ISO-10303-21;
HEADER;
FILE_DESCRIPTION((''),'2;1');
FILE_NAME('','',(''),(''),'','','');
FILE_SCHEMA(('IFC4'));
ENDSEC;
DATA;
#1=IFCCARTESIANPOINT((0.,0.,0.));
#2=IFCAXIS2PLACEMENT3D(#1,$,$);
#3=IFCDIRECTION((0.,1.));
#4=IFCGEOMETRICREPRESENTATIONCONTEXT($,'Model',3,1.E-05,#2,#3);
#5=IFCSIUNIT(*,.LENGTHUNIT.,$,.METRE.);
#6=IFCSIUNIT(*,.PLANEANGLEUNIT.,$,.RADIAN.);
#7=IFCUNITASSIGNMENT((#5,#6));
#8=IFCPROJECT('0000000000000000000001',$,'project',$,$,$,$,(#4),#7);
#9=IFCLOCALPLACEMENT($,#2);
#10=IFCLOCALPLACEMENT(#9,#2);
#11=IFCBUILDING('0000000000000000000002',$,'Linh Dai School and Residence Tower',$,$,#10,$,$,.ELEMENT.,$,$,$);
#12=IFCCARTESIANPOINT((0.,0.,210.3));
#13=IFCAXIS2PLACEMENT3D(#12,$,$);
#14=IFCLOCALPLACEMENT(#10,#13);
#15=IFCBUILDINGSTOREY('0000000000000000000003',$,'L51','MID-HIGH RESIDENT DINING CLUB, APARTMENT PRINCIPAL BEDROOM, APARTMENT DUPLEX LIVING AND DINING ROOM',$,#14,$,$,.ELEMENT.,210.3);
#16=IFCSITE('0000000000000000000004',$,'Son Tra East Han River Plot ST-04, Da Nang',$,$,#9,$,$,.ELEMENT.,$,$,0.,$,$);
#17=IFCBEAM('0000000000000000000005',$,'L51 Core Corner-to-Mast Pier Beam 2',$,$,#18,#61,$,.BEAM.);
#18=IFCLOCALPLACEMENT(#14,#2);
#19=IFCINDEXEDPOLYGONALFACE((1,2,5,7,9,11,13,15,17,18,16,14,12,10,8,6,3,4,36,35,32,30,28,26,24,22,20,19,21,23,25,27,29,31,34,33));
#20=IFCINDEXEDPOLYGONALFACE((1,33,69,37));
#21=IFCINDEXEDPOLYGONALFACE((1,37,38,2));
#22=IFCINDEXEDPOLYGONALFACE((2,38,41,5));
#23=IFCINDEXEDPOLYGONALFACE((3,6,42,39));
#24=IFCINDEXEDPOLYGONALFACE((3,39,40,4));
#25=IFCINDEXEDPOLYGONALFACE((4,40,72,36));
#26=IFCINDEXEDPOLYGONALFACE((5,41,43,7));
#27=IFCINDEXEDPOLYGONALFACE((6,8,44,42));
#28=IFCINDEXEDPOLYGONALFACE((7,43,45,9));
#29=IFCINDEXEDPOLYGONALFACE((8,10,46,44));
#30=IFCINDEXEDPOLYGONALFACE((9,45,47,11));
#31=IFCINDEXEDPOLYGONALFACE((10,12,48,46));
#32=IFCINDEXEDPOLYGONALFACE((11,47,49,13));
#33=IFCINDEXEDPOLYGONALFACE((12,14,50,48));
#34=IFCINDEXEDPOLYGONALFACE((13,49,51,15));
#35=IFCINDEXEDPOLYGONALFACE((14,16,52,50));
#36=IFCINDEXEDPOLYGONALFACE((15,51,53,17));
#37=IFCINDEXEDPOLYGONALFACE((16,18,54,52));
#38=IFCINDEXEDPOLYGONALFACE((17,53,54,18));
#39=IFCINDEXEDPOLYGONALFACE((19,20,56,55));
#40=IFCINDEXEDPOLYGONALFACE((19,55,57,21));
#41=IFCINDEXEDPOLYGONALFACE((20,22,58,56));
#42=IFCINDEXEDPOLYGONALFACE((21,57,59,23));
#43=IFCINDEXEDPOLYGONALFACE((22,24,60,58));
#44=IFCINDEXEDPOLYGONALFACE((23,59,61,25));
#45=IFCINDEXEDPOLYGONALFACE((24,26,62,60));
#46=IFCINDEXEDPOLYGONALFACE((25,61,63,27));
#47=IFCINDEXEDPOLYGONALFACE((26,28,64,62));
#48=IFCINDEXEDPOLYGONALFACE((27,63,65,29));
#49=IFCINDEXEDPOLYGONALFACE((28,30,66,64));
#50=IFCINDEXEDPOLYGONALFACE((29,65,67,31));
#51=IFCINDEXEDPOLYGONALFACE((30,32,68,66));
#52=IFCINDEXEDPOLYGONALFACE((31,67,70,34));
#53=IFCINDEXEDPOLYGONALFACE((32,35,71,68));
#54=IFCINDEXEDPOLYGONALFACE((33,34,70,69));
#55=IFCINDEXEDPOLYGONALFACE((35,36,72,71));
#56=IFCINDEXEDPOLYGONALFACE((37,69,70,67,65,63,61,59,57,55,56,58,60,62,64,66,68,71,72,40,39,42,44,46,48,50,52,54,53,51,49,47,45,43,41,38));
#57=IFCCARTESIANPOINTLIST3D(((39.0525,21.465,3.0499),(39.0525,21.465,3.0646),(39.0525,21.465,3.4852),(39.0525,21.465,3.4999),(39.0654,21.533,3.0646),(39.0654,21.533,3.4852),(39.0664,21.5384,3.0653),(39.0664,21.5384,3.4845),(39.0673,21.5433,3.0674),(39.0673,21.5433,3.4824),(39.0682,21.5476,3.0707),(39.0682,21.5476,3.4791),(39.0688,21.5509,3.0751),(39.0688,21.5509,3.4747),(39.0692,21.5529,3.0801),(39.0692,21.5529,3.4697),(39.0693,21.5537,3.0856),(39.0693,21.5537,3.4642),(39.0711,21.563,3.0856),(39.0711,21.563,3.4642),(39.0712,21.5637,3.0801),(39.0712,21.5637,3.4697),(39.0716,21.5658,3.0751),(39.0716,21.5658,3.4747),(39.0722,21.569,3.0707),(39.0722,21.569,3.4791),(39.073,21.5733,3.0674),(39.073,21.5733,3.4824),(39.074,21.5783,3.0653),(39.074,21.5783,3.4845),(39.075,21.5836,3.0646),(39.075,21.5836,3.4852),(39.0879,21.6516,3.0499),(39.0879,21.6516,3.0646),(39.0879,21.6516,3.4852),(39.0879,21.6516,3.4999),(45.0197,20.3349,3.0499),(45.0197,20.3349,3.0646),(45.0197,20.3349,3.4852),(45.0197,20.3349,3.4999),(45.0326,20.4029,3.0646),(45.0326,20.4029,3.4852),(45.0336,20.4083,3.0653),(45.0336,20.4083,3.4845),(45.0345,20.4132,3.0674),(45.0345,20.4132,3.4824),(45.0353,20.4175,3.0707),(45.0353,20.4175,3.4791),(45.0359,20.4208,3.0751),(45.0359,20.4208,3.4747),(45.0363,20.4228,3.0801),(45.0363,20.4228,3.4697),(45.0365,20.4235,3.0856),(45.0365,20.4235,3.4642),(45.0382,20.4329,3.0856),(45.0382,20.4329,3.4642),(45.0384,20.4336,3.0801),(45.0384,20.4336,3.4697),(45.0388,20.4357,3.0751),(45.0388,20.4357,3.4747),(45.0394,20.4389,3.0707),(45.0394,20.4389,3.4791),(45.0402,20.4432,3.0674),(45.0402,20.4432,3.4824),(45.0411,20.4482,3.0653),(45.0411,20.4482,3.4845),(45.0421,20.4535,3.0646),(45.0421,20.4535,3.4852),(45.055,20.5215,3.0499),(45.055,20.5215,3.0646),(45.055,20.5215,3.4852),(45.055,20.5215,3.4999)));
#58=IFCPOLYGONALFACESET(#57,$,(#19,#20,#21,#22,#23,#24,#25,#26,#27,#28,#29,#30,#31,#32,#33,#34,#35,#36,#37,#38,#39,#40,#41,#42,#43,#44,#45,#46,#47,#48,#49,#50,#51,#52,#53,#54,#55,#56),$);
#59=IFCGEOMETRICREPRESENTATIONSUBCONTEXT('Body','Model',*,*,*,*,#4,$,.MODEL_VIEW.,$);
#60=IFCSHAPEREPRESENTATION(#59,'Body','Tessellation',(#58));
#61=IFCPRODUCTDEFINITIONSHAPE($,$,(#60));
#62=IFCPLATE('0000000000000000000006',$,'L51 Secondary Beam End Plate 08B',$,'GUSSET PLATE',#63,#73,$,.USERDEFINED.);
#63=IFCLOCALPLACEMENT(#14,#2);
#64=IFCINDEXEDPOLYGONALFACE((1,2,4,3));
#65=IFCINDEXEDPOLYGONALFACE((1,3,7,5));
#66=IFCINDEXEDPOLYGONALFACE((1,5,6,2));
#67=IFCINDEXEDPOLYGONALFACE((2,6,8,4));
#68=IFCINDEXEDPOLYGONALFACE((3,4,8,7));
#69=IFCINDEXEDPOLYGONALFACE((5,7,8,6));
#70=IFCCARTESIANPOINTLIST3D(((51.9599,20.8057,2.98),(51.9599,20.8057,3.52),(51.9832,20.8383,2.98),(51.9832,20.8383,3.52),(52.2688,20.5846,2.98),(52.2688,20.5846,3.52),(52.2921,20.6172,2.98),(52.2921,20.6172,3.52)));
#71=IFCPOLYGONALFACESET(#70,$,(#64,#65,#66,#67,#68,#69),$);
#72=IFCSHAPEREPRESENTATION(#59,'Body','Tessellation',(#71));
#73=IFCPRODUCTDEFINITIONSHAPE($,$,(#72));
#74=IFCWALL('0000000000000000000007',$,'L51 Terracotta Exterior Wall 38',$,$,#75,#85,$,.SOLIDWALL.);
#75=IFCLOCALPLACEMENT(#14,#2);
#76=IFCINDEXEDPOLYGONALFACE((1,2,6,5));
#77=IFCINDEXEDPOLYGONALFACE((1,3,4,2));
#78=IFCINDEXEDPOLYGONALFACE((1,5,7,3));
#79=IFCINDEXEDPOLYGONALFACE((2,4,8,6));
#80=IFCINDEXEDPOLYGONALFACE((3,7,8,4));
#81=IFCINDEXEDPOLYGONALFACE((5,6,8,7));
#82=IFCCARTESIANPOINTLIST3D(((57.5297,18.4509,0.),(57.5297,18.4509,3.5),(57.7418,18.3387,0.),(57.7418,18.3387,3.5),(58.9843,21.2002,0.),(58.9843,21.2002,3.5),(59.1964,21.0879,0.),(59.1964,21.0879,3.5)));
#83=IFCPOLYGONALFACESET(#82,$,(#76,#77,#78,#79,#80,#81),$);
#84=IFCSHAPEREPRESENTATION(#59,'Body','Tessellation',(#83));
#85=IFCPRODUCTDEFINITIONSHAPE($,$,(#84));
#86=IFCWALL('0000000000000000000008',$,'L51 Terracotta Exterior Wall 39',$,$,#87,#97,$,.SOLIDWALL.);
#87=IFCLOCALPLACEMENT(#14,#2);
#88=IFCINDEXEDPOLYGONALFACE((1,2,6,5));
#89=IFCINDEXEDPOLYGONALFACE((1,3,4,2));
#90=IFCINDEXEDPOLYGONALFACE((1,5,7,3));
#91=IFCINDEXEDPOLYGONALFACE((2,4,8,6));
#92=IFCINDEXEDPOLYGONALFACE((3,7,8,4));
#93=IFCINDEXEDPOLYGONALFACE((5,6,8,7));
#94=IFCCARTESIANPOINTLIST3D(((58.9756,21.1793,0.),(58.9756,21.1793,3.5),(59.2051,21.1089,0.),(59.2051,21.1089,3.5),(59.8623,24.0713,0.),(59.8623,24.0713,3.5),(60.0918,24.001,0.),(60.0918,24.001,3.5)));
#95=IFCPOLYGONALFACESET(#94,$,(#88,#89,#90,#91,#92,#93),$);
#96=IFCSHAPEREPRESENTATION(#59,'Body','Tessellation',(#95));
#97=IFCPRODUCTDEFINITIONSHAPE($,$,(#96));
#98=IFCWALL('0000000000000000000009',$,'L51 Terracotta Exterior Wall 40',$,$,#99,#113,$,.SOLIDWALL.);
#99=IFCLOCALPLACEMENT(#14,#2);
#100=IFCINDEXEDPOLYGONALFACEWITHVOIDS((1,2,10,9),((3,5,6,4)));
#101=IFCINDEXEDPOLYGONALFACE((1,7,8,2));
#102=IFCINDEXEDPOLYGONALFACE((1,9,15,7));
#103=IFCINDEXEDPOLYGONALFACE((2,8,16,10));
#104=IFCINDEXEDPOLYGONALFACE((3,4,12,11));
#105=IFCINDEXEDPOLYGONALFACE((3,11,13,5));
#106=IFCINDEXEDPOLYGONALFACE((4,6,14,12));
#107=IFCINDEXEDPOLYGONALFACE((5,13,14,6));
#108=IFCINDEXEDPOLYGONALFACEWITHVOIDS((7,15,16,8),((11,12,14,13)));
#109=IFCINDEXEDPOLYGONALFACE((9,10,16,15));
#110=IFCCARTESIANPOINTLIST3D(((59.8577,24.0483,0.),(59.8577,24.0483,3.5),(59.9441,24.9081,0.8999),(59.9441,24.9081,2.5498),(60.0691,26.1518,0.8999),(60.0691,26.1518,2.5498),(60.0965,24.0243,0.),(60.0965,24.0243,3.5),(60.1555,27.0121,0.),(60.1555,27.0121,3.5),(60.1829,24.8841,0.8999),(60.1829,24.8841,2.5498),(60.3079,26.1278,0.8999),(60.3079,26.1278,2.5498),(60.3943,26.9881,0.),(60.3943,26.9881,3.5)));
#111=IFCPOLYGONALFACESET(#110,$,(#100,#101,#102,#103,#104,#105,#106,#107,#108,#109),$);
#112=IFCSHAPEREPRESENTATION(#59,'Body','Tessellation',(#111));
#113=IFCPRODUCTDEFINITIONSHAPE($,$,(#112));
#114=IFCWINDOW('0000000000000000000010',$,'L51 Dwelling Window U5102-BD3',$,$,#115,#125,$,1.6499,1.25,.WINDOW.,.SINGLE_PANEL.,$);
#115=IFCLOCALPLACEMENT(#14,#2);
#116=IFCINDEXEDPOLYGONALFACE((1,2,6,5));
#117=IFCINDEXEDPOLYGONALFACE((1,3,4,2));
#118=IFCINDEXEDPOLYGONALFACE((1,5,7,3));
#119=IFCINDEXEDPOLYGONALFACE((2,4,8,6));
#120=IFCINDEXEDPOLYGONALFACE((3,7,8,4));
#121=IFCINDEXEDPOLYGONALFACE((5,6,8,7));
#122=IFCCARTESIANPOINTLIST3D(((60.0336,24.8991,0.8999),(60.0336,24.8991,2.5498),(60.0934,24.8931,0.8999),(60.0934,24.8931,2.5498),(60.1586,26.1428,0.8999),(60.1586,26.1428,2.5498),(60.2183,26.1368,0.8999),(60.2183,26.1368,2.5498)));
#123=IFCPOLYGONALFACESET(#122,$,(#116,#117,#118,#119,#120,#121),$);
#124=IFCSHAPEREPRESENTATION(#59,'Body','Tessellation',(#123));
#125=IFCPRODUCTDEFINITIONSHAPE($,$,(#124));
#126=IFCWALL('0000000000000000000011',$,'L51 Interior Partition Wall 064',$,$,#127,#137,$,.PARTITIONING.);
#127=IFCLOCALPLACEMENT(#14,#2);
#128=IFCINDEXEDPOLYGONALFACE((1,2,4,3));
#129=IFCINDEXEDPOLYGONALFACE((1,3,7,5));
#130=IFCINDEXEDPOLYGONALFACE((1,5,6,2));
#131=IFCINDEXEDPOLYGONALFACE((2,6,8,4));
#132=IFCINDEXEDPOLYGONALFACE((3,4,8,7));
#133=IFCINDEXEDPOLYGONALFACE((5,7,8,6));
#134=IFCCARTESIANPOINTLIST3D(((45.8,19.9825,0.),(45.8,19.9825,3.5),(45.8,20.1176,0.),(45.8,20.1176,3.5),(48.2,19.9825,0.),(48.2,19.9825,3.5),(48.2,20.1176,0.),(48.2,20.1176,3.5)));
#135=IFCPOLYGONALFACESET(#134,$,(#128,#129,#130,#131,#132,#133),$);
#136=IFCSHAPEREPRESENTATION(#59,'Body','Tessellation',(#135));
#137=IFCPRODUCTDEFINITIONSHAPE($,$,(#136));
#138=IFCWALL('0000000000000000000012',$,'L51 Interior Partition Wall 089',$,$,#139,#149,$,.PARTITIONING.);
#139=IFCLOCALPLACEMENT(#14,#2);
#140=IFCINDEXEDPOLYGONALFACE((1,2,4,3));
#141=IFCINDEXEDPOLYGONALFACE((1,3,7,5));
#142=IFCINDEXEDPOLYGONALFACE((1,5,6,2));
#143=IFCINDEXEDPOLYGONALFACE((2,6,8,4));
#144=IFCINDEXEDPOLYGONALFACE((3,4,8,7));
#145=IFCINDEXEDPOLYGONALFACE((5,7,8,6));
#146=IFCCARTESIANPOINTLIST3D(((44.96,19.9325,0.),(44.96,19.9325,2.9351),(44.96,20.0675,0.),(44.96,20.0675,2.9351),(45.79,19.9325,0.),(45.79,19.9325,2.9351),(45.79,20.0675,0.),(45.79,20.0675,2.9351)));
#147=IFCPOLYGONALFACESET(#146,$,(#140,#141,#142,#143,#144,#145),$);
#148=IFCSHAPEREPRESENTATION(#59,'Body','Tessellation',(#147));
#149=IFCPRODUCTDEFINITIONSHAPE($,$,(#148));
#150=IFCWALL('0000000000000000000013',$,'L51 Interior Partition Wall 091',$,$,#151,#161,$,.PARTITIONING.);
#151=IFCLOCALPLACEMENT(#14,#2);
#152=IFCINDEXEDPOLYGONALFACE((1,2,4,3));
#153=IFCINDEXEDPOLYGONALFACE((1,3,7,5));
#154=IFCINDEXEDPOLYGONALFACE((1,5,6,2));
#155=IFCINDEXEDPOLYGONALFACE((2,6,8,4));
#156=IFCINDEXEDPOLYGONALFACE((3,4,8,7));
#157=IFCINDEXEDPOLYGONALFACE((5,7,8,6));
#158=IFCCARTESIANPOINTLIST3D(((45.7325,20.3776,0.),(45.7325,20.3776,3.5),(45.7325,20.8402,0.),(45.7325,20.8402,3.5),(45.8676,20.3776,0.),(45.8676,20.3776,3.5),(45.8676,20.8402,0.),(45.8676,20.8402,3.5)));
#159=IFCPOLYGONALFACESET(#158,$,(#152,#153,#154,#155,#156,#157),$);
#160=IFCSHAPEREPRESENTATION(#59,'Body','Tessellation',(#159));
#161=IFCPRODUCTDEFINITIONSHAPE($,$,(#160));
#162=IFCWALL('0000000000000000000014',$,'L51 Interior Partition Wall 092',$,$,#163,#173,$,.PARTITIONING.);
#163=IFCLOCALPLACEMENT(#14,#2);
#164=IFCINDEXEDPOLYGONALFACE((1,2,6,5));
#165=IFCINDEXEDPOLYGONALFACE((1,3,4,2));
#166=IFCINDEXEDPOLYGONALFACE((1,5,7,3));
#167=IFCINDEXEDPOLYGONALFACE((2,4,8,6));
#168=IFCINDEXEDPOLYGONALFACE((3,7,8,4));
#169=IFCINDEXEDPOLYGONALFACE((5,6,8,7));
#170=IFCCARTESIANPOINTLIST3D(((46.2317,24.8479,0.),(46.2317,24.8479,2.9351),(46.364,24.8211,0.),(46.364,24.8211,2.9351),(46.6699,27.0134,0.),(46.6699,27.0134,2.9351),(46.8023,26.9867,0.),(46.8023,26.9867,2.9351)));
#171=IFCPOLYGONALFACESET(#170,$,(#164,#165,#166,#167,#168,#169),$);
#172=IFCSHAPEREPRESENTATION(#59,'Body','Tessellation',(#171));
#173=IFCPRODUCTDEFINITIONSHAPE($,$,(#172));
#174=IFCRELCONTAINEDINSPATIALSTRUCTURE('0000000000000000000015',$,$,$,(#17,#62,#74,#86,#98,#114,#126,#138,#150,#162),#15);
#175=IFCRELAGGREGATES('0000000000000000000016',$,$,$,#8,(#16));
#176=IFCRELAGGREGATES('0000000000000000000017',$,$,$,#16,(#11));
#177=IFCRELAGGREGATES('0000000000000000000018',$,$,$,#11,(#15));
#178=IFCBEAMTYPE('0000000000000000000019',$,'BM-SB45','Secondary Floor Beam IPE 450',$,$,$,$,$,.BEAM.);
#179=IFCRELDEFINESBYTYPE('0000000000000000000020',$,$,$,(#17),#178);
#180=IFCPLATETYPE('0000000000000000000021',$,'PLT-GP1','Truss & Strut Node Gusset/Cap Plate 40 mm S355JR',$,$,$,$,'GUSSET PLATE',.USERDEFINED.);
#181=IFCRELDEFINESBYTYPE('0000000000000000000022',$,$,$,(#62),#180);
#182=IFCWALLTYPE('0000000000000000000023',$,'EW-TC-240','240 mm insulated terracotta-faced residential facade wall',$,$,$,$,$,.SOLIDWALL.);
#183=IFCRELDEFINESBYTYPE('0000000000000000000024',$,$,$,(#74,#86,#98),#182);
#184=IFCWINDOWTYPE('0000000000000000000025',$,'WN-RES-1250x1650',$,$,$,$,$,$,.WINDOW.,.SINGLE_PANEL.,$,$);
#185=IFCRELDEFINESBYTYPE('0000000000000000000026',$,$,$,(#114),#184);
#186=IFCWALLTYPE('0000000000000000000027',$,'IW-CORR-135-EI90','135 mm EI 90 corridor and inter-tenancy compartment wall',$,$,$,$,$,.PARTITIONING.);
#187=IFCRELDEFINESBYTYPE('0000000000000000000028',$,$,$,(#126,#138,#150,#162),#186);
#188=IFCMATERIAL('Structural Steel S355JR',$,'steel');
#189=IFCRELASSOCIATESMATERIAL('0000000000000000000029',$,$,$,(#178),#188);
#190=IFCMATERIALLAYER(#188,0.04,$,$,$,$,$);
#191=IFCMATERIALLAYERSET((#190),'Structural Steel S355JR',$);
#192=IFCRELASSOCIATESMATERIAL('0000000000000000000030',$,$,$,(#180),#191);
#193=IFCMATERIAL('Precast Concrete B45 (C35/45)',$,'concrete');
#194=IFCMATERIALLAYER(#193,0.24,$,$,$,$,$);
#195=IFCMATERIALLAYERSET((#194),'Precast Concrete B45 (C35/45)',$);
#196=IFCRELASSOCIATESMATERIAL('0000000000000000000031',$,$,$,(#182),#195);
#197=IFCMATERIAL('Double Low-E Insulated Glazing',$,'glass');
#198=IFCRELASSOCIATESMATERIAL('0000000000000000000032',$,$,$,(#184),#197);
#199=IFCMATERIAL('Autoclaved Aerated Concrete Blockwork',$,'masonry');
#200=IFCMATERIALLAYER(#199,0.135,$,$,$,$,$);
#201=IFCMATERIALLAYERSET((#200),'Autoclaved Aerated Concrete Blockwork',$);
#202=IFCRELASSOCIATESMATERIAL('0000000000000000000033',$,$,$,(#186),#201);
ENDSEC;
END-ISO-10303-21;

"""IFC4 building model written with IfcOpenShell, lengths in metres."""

from ifc_helpers import new_model, si_unit, direction, frame, frame_2d, origin, origin_2d, place, context, subcontext, project, spatial, rectangle, i_section, extrude, source, transform, mapped, material, layer, layer_set, material_profile, profile_set, type_object, element, fill, save


model = new_model("IFC4")

# Units and contexts
model_context = context("Model", 3, precision=1e-05, world=origin(), true_north=direction((0.0, 1.0)))
body_context = subcontext(model_context, "Body", "Model", "MODEL_VIEW")
ifc_project = project(units=[si_unit("LENGTHUNIT", "METRE"), si_unit("PLANEANGLEUNIT", "RADIAN")], contexts=[model_context])

# Site, building, storey
site_placement = place(None, origin())
site = spatial("IfcSite", under=ifc_project, at=site_placement, Name="Son Tra East Han River Plot ST-04, Da Nang", CompositionType="ELEMENT", RefElevation=0.0)
building_placement = place(site_placement, origin())
building = spatial("IfcBuilding", under=site, at=building_placement, Name="Linh Dai School and Residence Tower", CompositionType="ELEMENT")
storey_placement = place(building_placement, frame((0.0, 0.0, 210.3)))
storey = spatial("IfcBuildingStorey", under=building, at=storey_placement, Name="L51", Description="MID-HIGH RESIDENT DINING CLUB, APARTMENT PRINCIPAL BEDROOM, APARTMENT DUPLEX LIVING AND DINING ROOM", CompositionType="ELEMENT", Elevation=210.3)

# Shared definitions
ifc_material_1 = material(Name="Structural Steel S355JR", Category="steel")

# Beam
ifc_material_profile_1 = material_profile(ifc_material_1, i_section(OverallWidth=0.1899, OverallDepth=0.45, WebThickness=0.0095, FlangeThickness=0.0146, FilletRadius=0.021, at=origin_2d()), Name="IPE 450")
ifc_profile_set_1 = profile_set([ifc_material_profile_1], Name="Structural Steel S355JR")
beam_type_1 = type_object("IfcBeamType", Name="BM-SB45", Description="Secondary Floor Beam IPE 450", PredefinedType="BEAM", material=ifc_profile_set_1)
beam_1_placement = place(storey_placement, frame((45.0374, 20.4282, 3.2749), z_axis=(-0.982535, 0.186079, 0.0), x_axis=(-0.186079, -0.982535, 0.0)))
element("IfcBeam", 1, at=beam_1_placement, inside=storey, type_object=beam_type_1, Name="L51 Core Corner-to-Mast Pier Beam 2", PredefinedType="BEAM", context=body_context, shape_type="SweptSolid", body=[
    extrude(i_section(OverallWidth=0.1899, OverallDepth=0.45, WebThickness=0.0095, FlangeThickness=0.0146, FilletRadius=0.021, at=origin_2d()), origin(), (0.0, 0.0, 1.0), 6.0732),
])

# Plate
ifc_layer_1 = layer(ifc_material_1, 0.04)
ifc_layer_set_1 = layer_set([ifc_layer_1], Name="Structural Steel S355JR")
plate_type = type_object("IfcPlateType", Name="PLT-GP1", Description="Truss & Strut Node Gusset/Cap Plate 40 mm S355JR", ElementType="GUSSET PLATE", PredefinedType="USERDEFINED", material=ifc_layer_set_1)
shared_shape_1 = source(origin(), body_context, "Body", "SweptSolid", [
    extrude(rectangle(XDim=0.04, YDim=0.3799, at=origin_2d()), origin(), (0.0, 0.0, 1.0), 0.54),
])
plate_placement = place(storey_placement, frame((52.126, 20.7114, 2.98), z_axis=(0.0, 0.0, 1.0), x_axis=(0.58204, 0.81316, 0.0)))
element("IfcPlate", 2, at=plate_placement, inside=storey, type_object=plate_type, Name="L51 Secondary Beam End Plate 08B", ObjectType="GUSSET PLATE", PredefinedType="USERDEFINED", context=body_context, shape_type="MappedRepresentation", body=[
    mapped(shared_shape_1, transform((0.0, 0.0, 0.0), x_axis=(1.0, 0.0, 0.0), y_axis=(0.0, 1.0, 0.0), z_axis=(0.0, 0.0, 1.0), scale=1.0)),
])

# Walls
ifc_material_2 = material(Name="Precast Concrete B45 (C35/45)", Category="concrete")
ifc_layer_2 = layer(ifc_material_2, 0.24)
ifc_layer_set_2 = layer_set([ifc_layer_2], Name="Precast Concrete B45 (C35/45)")
wall_type_1 = type_object("IfcWallType", Name="EW-TC-240", Description="240 mm insulated terracotta-faced residential facade wall", PredefinedType="SOLIDWALL", material=ifc_layer_set_2)
wall_1_placement = place(storey_placement, frame((59.0903, 21.144, 0.0), z_axis=(0.0, 0.0, 1.0), x_axis=(-0.46766, -0.883908, 0.0)))
element("IfcWall", 3, at=wall_1_placement, inside=storey, type_object=wall_type_1, Name="L51 Terracotta Exterior Wall 38", PredefinedType="SOLIDWALL", context=body_context, shape_type="SweptSolid", body=[
    extrude(rectangle(XDim=3.1104, YDim=0.24, at=frame_2d((1.5552, 0.0))), origin(), (0.0, 0.0, 1.0), 3.5),
])
wall_2_placement = place(storey_placement, frame((59.9771, 24.0361, 0.0), z_axis=(0.0, 0.0, 1.0), x_axis=(-0.293133, -0.956072, 0.0)))
element("IfcWall", 4, at=wall_2_placement, inside=storey, type_object=wall_type_1, Name="L51 Terracotta Exterior Wall 39", PredefinedType="SOLIDWALL", context=body_context, shape_type="SweptSolid", body=[
    extrude(rectangle(XDim=3.0249, YDim=0.24, at=frame_2d((1.5125, 0.0))), origin(), (0.0, 0.0, 1.0), 3.5),
])

# Wall, opening, window
wall_3_placement = place(storey_placement, frame((60.2749, 27.0, 0.0), z_axis=(0.0, 0.0, 1.0), x_axis=(-0.099991, -0.994988, 0.0)))
wall_3 = element("IfcWall", 5, at=wall_3_placement, inside=storey, type_object=wall_type_1, Name="L51 Terracotta Exterior Wall 40", PredefinedType="SOLIDWALL", context=body_context, shape_type="SweptSolid", body=[
    extrude(rectangle(XDim=2.9788, YDim=0.24, at=frame_2d((1.4893, 0.0))), origin(), (0.0, 0.0, 1.0), 3.5),
])
opening_1_placement = place(wall_3_placement, frame((0.8645, 0.0, 0.8999)))
opening_1 = element("IfcOpeningElement", 6, at=opening_1_placement, cuts=wall_3, PredefinedType="OPENING", context=body_context, shape_type="SweptSolid", body=[
    extrude(rectangle(XDim=1.25, YDim=1.6499, at=origin_2d()), frame((0.625, 0.1299, 0.825), z_axis=(0.0, -1.0, 0.0), x_axis=(1.0, 0.0, 0.0)), (0.0, 0.0, 1.0), 0.26),
])
ifc_material_3 = material(Name="Double Low-E Insulated Glazing", Category="glass")
window_type = type_object("IfcWindowType", Name="WN-RES-1250x1650", PartitioningType="SINGLE_PANEL", PredefinedType="WINDOW", material=ifc_material_3)
shared_shape_2 = source(origin(), body_context, "Body", "SweptSolid", [
    extrude(rectangle(XDim=1.25, YDim=1.6499, at=origin_2d()), frame((0.625, 0.03, 0.825), z_axis=(0.0, -1.0, 0.0), x_axis=(1.0, 0.0, 0.0)), (0.0, 0.0, 1.0), 0.0601),
])
window_placement = place(opening_1_placement, origin())
window = element("IfcWindow", 7, at=window_placement, inside=storey, type_object=window_type, Name="L51 Dwelling Window U5102-BD3", OverallHeight=1.6499, OverallWidth=1.25, PartitioningType="SINGLE_PANEL", PredefinedType="WINDOW", context=body_context, shape_type="MappedRepresentation", body=[
    mapped(shared_shape_2, transform((0.0, 0.0, 0.0), x_axis=(1.0, 0.0, 0.0), y_axis=(0.0, 1.0, 0.0), z_axis=(0.0, 0.0, 1.0), scale=1.0)),
])
fill(opening_1, window)

# Walls
ifc_material_4 = material(Name="Autoclaved Aerated Concrete Blockwork", Category="masonry")
ifc_layer_3 = layer(ifc_material_4, 0.135)
ifc_layer_set_3 = layer_set([ifc_layer_3], Name="Autoclaved Aerated Concrete Blockwork")
wall_type_2 = type_object("IfcWallType", Name="IW-CORR-135-EI90", Description="135 mm EI 90 corridor and inter-tenancy compartment wall", PredefinedType="PARTITIONING", material=ifc_layer_set_3)
wall_4_placement = place(storey_placement, frame((45.8, 20.05, 0.0), z_axis=(0.0, 0.0, 1.0), x_axis=(1.0, 0.0, 0.0)))
element("IfcWall", 8, at=wall_4_placement, inside=storey, type_object=wall_type_2, Name="L51 Interior Partition Wall 064", PredefinedType="PARTITIONING", context=body_context, shape_type="SweptSolid", body=[
    extrude(rectangle(XDim=2.3999, YDim=0.135, at=frame_2d((1.2, 0.0))), origin(), (0.0, 0.0, 1.0), 3.5),
])
wall_5_placement = place(storey_placement, frame((44.96, 20.0, 0.0), z_axis=(0.0, 0.0, 1.0), x_axis=(1.0, 0.0, 0.0)))
element("IfcWall", 9, at=wall_5_placement, inside=storey, type_object=wall_type_2, Name="L51 Interior Partition Wall 089", PredefinedType="PARTITIONING", context=body_context, shape_type="SweptSolid", body=[
    extrude(rectangle(XDim=0.8301, YDim=0.135, at=frame_2d((0.415, 0.0))), origin(), (0.0, 0.0, 1.0), 2.9351),
])
wall_6_placement = place(storey_placement, frame((45.8, 20.3774, 0.0), z_axis=(0.0, 0.0, 1.0), x_axis=(0.0, 1.0, 0.0)))
element("IfcWall", 10, at=wall_6_placement, inside=storey, type_object=wall_type_2, Name="L51 Interior Partition Wall 091", PredefinedType="PARTITIONING", context=body_context, shape_type="SweptSolid", body=[
    extrude(rectangle(XDim=0.4626, YDim=0.135, at=frame_2d((0.2314, 0.0))), origin(), (0.0, 0.0, 1.0), 3.5),
])
wall_7_placement = place(storey_placement, frame((46.2979, 24.8345, 0.0), z_axis=(0.0, 0.0, 1.0), x_axis=(0.198347, 0.980132, 0.0)))
element("IfcWall", 11, at=wall_7_placement, inside=storey, type_object=wall_type_2, Name="L51 Interior Partition Wall 092", PredefinedType="PARTITIONING", context=body_context, shape_type="SweptSolid", body=[
    extrude(rectangle(XDim=2.2095, YDim=0.135, at=frame_2d((1.1047, 0.0))), origin(), (0.0, 0.0, 1.0), 2.9351),
])

save(model, "model.ifc")
